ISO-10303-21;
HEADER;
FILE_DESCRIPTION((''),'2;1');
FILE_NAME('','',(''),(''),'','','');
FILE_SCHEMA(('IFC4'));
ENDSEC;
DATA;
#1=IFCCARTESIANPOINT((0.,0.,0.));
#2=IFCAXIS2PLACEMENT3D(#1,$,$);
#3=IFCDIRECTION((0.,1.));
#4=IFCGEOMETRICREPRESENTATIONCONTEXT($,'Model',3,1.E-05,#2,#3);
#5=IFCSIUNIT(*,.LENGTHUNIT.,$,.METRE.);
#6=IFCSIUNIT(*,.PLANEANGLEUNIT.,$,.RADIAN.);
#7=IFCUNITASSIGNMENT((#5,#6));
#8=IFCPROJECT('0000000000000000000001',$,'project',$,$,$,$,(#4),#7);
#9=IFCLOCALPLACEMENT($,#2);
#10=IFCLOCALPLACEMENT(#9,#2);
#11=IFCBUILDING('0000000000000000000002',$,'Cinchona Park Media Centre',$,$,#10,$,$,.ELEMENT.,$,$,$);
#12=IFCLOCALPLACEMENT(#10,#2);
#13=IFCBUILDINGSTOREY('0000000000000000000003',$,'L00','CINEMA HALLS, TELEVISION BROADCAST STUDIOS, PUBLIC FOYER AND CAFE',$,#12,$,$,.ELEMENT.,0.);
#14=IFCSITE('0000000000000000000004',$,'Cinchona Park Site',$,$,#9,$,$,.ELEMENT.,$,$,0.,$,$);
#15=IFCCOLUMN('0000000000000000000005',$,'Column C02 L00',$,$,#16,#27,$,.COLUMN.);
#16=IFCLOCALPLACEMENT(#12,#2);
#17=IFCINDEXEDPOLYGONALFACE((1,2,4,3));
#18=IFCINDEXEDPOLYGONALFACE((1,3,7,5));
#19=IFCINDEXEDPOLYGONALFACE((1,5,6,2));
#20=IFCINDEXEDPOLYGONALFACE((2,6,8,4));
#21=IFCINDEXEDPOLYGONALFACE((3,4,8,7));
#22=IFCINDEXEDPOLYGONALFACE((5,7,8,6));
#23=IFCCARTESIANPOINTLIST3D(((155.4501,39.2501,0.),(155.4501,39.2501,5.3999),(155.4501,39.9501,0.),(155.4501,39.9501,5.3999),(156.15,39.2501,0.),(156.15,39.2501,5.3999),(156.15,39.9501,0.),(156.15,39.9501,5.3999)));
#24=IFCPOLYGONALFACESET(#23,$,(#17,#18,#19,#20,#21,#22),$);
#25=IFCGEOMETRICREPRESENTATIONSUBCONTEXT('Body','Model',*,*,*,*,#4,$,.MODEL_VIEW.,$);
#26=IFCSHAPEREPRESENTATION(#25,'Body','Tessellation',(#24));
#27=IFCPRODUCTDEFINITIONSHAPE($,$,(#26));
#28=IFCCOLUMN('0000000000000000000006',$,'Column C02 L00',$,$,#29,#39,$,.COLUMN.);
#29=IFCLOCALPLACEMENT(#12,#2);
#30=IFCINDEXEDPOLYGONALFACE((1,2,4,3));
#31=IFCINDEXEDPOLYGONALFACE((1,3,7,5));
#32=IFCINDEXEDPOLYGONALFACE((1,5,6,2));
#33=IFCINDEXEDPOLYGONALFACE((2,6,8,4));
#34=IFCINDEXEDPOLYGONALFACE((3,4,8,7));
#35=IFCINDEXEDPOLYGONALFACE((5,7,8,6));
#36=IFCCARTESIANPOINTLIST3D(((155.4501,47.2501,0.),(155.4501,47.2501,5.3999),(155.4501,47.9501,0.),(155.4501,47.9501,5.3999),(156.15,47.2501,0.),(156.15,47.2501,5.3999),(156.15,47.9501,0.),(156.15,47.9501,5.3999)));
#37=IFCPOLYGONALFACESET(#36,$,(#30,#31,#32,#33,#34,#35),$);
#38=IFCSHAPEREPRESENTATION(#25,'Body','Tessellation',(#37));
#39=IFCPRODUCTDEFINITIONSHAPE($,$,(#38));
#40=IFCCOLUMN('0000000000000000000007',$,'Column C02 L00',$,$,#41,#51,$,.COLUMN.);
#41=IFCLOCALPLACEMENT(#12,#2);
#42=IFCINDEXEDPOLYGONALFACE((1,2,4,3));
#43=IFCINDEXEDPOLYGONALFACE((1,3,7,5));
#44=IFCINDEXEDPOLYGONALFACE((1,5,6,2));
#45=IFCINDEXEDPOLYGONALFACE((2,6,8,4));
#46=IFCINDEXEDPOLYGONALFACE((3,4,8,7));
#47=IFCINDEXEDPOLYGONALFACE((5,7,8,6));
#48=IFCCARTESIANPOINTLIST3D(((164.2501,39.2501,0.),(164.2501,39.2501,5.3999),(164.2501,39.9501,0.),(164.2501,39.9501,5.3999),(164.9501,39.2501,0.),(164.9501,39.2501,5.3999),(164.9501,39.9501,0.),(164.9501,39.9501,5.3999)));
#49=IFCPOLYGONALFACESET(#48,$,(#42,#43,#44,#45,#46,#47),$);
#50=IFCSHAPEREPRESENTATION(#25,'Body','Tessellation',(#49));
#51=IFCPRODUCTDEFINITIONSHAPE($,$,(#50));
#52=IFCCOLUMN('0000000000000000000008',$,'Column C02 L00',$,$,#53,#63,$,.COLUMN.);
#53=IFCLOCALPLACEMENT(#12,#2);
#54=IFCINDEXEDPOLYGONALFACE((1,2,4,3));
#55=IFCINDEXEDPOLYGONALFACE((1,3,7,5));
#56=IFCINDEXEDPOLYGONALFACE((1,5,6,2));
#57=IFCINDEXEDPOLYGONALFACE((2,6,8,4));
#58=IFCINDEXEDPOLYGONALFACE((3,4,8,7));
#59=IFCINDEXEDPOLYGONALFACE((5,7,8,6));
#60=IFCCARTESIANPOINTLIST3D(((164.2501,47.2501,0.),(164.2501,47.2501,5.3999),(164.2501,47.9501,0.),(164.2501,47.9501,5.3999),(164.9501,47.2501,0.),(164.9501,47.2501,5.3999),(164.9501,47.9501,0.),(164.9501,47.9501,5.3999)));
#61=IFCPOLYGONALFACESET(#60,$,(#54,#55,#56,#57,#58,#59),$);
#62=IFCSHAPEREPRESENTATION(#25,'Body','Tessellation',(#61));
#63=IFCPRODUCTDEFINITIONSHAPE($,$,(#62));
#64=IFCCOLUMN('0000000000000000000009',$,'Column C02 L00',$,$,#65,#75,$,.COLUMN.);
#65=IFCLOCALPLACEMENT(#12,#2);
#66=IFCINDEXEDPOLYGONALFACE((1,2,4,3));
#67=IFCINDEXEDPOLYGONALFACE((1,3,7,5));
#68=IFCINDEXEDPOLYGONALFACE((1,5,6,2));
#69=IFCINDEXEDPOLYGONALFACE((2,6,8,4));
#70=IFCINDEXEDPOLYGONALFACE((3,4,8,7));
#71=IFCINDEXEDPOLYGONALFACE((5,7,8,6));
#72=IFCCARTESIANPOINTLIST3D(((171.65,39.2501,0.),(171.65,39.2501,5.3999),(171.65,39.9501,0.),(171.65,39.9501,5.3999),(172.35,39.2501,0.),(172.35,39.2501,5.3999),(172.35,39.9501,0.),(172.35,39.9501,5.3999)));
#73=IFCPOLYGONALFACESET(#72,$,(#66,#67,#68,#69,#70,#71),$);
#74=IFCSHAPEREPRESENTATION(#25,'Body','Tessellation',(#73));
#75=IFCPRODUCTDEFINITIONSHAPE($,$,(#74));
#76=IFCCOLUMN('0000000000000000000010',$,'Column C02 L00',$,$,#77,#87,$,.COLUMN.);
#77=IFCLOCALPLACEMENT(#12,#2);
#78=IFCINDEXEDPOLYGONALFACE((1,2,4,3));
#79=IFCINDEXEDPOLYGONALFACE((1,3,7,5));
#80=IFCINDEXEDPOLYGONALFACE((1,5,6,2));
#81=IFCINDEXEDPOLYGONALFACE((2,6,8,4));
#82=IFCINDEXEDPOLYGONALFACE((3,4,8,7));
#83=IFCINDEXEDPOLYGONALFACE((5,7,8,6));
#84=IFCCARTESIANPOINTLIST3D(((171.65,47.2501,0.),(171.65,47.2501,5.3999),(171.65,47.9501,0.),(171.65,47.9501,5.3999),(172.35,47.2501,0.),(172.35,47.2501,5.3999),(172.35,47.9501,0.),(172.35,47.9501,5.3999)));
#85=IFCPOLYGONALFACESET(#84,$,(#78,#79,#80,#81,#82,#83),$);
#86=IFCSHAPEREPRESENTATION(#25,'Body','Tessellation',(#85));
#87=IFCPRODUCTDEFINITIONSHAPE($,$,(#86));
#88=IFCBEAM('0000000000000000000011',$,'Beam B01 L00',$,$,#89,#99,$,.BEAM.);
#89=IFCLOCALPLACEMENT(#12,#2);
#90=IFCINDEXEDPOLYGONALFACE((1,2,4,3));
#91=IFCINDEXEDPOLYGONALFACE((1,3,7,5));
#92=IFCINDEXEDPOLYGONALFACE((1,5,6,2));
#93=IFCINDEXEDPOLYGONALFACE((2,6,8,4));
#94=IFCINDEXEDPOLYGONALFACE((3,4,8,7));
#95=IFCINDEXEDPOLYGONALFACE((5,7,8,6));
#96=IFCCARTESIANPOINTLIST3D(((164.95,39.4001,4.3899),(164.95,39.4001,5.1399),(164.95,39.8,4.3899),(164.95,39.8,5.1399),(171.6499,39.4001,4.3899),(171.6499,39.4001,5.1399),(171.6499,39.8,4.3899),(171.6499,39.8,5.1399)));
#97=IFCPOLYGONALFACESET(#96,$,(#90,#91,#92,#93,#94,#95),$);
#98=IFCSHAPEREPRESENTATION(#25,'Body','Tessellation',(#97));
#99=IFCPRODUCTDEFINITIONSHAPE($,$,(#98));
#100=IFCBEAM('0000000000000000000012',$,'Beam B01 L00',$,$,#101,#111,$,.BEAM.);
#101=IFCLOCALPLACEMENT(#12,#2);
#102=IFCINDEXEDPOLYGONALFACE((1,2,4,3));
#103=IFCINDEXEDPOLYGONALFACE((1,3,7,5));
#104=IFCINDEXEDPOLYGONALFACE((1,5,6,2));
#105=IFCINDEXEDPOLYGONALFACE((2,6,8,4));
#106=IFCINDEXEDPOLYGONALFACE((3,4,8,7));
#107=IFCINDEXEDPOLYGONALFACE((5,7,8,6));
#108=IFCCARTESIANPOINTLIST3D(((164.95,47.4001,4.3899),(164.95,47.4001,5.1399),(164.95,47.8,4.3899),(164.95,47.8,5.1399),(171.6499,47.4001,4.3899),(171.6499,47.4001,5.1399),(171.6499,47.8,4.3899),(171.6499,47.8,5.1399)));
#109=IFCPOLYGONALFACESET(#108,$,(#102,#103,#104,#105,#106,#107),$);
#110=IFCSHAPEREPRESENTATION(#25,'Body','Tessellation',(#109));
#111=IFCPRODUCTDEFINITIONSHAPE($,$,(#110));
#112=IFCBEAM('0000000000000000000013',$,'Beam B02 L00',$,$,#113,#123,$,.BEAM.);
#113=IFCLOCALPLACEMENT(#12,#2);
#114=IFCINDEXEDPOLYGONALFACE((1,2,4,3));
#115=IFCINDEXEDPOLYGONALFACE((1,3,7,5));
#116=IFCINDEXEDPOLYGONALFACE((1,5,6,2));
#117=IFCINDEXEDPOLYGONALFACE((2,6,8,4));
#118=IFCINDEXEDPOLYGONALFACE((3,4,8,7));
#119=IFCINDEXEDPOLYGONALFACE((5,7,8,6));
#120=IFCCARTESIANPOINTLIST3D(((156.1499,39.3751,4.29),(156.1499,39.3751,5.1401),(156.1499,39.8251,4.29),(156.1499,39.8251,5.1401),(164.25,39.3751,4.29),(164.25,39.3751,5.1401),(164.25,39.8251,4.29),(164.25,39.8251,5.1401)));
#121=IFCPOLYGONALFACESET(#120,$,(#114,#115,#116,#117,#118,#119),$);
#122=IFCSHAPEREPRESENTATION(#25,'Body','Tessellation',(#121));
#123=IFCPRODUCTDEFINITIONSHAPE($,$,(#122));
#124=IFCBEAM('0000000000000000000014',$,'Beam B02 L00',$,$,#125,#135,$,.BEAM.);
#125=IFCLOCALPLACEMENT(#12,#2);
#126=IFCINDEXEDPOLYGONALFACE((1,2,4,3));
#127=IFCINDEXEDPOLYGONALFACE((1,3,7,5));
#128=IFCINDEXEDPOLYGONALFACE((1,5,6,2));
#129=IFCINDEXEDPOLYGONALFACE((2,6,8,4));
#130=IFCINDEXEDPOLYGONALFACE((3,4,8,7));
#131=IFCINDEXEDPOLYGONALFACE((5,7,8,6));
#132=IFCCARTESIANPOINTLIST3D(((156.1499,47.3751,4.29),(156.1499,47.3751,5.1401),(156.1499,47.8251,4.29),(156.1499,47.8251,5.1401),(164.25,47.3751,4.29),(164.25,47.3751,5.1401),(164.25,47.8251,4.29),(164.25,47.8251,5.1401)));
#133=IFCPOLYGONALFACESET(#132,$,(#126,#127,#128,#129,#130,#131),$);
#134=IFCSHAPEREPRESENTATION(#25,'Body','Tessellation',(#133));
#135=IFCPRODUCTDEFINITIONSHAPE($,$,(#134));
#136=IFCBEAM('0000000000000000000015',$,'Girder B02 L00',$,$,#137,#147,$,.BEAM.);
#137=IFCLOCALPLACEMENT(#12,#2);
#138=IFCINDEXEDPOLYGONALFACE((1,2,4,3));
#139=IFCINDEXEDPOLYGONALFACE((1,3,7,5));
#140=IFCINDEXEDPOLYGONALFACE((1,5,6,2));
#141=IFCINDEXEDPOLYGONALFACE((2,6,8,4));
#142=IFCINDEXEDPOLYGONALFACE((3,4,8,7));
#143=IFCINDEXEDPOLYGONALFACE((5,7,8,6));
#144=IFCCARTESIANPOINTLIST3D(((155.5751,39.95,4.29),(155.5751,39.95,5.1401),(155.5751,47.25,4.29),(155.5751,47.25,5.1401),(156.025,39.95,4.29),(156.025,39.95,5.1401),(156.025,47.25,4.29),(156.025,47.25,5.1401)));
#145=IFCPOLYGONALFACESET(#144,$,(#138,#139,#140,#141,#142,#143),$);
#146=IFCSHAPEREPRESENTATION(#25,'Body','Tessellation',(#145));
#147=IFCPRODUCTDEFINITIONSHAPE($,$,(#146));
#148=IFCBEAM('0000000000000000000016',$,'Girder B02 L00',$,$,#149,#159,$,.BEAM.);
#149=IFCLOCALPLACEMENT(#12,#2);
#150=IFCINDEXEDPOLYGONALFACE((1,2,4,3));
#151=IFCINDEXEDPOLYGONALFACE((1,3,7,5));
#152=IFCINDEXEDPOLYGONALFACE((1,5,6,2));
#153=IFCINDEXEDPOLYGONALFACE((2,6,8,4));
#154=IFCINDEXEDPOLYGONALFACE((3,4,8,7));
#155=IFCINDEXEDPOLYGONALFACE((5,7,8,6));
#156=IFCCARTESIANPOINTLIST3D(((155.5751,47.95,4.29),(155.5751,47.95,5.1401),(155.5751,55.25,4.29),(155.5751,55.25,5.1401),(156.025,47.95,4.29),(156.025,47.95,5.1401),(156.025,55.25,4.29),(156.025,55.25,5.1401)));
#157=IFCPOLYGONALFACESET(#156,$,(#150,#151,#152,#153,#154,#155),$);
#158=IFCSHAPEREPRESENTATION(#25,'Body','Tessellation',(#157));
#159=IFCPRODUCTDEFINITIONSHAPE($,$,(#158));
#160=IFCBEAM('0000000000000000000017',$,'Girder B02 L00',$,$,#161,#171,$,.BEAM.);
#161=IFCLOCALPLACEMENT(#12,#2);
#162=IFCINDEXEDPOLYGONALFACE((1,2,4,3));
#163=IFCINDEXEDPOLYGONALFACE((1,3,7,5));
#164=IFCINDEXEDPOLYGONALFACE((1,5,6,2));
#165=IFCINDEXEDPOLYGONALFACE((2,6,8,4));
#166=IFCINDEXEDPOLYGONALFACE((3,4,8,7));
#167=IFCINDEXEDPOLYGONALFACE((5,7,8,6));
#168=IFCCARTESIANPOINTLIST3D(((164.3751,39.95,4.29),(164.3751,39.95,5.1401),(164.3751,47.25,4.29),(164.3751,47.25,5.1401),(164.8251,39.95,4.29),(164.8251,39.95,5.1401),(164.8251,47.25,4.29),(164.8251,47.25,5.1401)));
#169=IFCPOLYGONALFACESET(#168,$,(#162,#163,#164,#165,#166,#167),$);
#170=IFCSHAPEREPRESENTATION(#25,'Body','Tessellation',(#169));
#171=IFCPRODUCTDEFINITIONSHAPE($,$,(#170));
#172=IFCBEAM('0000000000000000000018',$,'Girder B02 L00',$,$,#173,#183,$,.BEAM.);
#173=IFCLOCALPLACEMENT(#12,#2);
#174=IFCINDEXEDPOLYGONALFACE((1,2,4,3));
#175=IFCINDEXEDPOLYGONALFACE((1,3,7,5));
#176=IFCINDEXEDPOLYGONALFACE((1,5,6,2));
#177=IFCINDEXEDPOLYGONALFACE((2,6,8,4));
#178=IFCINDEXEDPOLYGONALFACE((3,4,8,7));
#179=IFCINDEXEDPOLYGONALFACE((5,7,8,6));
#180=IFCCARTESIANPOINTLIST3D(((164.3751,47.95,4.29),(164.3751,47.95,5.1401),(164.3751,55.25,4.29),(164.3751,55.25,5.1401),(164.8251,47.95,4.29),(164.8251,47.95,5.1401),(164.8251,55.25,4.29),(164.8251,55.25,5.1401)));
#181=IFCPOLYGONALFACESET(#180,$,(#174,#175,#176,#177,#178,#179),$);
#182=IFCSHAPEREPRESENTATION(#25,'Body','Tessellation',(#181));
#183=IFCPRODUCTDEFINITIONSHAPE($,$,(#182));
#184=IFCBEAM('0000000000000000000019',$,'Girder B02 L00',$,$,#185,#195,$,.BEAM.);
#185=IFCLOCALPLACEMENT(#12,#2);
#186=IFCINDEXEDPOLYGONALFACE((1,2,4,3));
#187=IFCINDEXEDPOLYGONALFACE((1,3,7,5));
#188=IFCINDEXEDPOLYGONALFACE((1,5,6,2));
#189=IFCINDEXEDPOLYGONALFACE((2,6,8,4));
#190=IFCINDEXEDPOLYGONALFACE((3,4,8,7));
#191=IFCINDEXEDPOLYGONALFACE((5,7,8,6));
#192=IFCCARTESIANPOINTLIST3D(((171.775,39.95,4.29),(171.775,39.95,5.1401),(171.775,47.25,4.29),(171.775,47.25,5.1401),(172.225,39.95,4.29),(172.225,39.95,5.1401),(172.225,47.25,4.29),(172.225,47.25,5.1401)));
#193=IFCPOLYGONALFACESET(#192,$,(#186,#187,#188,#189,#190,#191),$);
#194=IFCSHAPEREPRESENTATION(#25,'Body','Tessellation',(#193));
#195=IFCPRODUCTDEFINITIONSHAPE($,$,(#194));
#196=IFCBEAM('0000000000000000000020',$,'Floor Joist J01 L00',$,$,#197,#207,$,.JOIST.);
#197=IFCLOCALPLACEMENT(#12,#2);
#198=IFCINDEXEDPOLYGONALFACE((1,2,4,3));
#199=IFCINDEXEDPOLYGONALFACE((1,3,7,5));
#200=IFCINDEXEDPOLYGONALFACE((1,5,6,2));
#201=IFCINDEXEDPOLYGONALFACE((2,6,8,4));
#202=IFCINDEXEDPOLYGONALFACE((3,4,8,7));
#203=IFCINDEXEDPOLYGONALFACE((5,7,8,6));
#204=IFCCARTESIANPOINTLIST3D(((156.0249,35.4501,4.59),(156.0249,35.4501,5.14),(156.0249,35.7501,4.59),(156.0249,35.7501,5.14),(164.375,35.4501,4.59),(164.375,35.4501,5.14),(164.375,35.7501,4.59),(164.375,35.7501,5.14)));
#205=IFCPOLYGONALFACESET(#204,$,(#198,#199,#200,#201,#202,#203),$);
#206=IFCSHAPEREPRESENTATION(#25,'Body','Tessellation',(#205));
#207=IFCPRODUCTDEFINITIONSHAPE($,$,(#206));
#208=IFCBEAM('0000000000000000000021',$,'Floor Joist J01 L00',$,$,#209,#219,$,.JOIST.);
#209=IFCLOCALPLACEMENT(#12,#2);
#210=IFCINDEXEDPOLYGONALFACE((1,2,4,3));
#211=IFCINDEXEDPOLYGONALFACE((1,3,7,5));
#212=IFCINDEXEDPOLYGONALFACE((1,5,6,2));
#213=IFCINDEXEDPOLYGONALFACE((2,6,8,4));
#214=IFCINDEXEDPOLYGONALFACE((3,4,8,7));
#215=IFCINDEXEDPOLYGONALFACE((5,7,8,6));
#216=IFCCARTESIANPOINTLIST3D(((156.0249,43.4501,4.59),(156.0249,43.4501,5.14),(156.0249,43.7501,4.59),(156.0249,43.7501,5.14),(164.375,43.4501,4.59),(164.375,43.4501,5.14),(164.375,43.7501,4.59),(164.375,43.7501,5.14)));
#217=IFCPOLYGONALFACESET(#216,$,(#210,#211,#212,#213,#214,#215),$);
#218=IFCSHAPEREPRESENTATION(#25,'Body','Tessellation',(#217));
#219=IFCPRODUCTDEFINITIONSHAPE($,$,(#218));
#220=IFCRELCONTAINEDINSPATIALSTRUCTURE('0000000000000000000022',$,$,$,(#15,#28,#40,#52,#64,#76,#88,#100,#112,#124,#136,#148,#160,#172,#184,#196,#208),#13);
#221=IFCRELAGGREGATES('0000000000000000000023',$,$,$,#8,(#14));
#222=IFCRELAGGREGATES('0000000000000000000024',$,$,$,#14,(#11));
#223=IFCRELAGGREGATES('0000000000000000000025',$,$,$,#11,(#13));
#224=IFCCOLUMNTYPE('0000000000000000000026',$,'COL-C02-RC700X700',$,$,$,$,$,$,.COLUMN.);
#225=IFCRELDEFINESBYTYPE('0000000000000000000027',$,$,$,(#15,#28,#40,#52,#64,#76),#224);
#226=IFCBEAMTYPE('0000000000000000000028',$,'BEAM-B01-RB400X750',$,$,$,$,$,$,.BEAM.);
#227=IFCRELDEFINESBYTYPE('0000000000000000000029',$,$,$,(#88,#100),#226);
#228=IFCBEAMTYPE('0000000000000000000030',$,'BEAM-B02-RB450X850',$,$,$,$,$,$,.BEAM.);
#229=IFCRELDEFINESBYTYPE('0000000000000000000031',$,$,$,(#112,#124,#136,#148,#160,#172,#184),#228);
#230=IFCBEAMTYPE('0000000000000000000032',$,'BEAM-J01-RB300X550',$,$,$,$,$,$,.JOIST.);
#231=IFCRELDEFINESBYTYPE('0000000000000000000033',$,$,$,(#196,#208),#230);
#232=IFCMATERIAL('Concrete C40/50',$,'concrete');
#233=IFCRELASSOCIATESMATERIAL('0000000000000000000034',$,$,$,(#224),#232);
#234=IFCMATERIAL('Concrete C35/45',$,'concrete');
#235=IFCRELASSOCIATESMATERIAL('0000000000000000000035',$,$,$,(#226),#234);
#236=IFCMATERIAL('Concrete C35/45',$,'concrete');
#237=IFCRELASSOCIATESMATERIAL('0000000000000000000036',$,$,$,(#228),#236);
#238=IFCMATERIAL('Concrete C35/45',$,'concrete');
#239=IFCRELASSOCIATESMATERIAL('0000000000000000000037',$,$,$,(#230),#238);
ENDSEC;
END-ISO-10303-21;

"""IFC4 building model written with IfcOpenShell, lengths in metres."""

from ifc_helpers import new_model, si_unit, direction, frame, origin, origin_2d, place, context, subcontext, project, spatial, rectangle, extrude, material, material_profile, profile_set, type_object, element, save


model = new_model("IFC4")

# Units and contexts
model_context = context("Model", 3, precision=1e-05, world=origin(), true_north=direction((0.0, 1.0)))
body_context = subcontext(model_context, "Body", "Model", "MODEL_VIEW")
ifc_project = project(units=[si_unit("LENGTHUNIT", "METRE"), si_unit("PLANEANGLEUNIT", "RADIAN")], contexts=[model_context])

# Site, building, storey
site_placement = place(None, origin())
site = spatial("IfcSite", under=ifc_project, at=site_placement, Name="Cinchona Park Site", CompositionType="ELEMENT", RefElevation=0.0)
building_placement = place(site_placement, origin())
building = spatial("IfcBuilding", under=site, at=building_placement, Name="Cinchona Park Media Centre", CompositionType="ELEMENT")
storey_placement = place(building_placement, origin())
storey = spatial("IfcBuildingStorey", under=building, at=storey_placement, Name="L00", Description="CINEMA HALLS, TELEVISION BROADCAST STUDIOS, PUBLIC FOYER AND CAFE", CompositionType="ELEMENT", Elevation=0.0)

# Columns
ifc_material_1 = material(Name="Concrete C40/50", Category="concrete")
ifc_material_profile_1 = material_profile(ifc_material_1, rectangle(XDim=0.7, YDim=0.7, at=origin_2d()), Name="RC 700X700")
ifc_profile_set_1 = profile_set([ifc_material_profile_1], Name="Concrete C40/50")
column_type = type_object("IfcColumnType", Name="COL-C02-RC700X700", PredefinedType="COLUMN", material=ifc_profile_set_1)
for number, where, z_axis, x_axis, name in (
    (1, (155.8, 39.6001, 0.0), (0.0, 0.0, 1.0), (1.0, 0.0, 0.0), "Column C02 L00"),
    (2, (155.8, 47.6001, 0.0), (0.0, 0.0, 1.0), (1.0, 0.0, 0.0), "Column C02 L00"),
    (3, (164.6001, 39.6001, 0.0), (0.0, 0.0, 1.0), (1.0, 0.0, 0.0), "Column C02 L00"),
    (4, (164.6001, 47.6001, 0.0), (0.0, 0.0, 1.0), (1.0, 0.0, 0.0), "Column C02 L00"),
    (5, (172.0, 39.6001, 0.0), (0.0, 0.0, 1.0), (1.0, 0.0, 0.0), "Column C02 L00"),
    (6, (172.0, 47.6001, 0.0), (0.0, 0.0, 1.0), (1.0, 0.0, 0.0), "Column C02 L00"),
):
    element("IfcColumn", number, at=place(storey_placement, frame(where, z_axis=z_axis, x_axis=x_axis)), inside=storey, type_object=column_type, Name=name, PredefinedType="COLUMN", context=body_context, shape_type="SweptSolid", body=[
        extrude(rectangle(XDim=0.7, YDim=0.7, at=origin_2d()), origin(), (0.0, 0.0, 1.0), 5.3999),
    ])

# Beams
ifc_material_2 = material(Name="Concrete C35/45", Category="concrete")
ifc_material_profile_2 = material_profile(ifc_material_2, rectangle(XDim=0.3999, YDim=0.75, at=origin_2d()), Name="RB 400X750")
ifc_profile_set_2 = profile_set([ifc_material_profile_2], Name="Concrete C35/45")
beam_type_1 = type_object("IfcBeamType", Name="BEAM-B01-RB400X750", PredefinedType="BEAM", material=ifc_profile_set_2)
for number, where, z_axis, x_axis, name in (
    (7, (164.95, 39.6001, 4.7649), (1.0, 0.0, 0.0), (0.0, 1.0, 0.0), "Beam B01 L00"),
    (8, (164.95, 47.6001, 4.7649), (1.0, 0.0, 0.0), (0.0, 1.0, 0.0), "Beam B01 L00"),
):
    element("IfcBeam", number, at=place(storey_placement, frame(where, z_axis=z_axis, x_axis=x_axis)), inside=storey, type_object=beam_type_1, Name=name, PredefinedType="BEAM", context=body_context, shape_type="SweptSolid", body=[
        extrude(rectangle(XDim=0.3999, YDim=0.75, at=origin_2d()), origin(), (0.0, 0.0, 1.0), 6.7),
    ])
ifc_material_3 = material(Name="Concrete C35/45", Category="concrete")
ifc_material_profile_3 = material_profile(ifc_material_3, rectangle(XDim=0.45, YDim=0.8501, at=origin_2d()), Name="RB 450X850")
ifc_profile_set_3 = profile_set([ifc_material_profile_3], Name="Concrete C35/45")
beam_type_2 = type_object("IfcBeamType", Name="BEAM-B02-RB450X850", PredefinedType="BEAM", material=ifc_profile_set_3)
for number, where, z_axis, x_axis, name in (
    (9, (156.1499, 39.6001, 4.7151), (1.0, 0.0, 0.0), (0.0, 1.0, 0.0), "Beam B02 L00"),
    (10, (156.1499, 47.6001, 4.7151), (1.0, 0.0, 0.0), (0.0, 1.0, 0.0), "Beam B02 L00"),
):
    element("IfcBeam", number, at=place(storey_placement, frame(where, z_axis=z_axis, x_axis=x_axis)), inside=storey, type_object=beam_type_2, Name=name, PredefinedType="BEAM", context=body_context, shape_type="SweptSolid", body=[
        extrude(rectangle(XDim=0.45, YDim=0.8501, at=origin_2d()), origin(), (0.0, 0.0, 1.0), 8.1001),
    ])
for number, where, z_axis, x_axis, name in (
    (11, (155.8, 39.95, 4.7151), (0.0, 1.0, 0.0), (-1.0, 0.0, 0.0), "Girder B02 L00"),
    (12, (155.8, 47.95, 4.7151), (0.0, 1.0, 0.0), (-1.0, 0.0, 0.0), "Girder B02 L00"),
    (13, (164.6001, 39.95, 4.7151), (0.0, 1.0, 0.0), (-1.0, 0.0, 0.0), "Girder B02 L00"),
    (14, (164.6001, 47.95, 4.7151), (0.0, 1.0, 0.0), (-1.0, 0.0, 0.0), "Girder B02 L00"),
    (15, (172.0, 39.95, 4.7151), (0.0, 1.0, 0.0), (-1.0, 0.0, 0.0), "Girder B02 L00"),
):
    element("IfcBeam", number, at=place(storey_placement, frame(where, z_axis=z_axis, x_axis=x_axis)), inside=storey, type_object=beam_type_2, Name=name, PredefinedType="BEAM", context=body_context, shape_type="SweptSolid", body=[
        extrude(rectangle(XDim=0.45, YDim=0.8501, at=origin_2d()), origin(), (0.0, 0.0, 1.0), 7.3),
    ])
ifc_material_4 = material(Name="Concrete C35/45", Category="concrete")
ifc_material_profile_4 = material_profile(ifc_material_4, rectangle(XDim=0.3, YDim=0.55, at=origin_2d()), Name="RB 300X550")
ifc_profile_set_4 = profile_set([ifc_material_profile_4], Name="Concrete C35/45")
beam_type_3 = type_object("IfcBeamType", Name="BEAM-J01-RB300X550", PredefinedType="JOIST", material=ifc_profile_set_4)
for number, where, z_axis, x_axis, name in (
    (16, (156.0249, 35.6001, 4.865), (1.0, 0.0, 0.0), (0.0, 1.0, 0.0), "Floor Joist J01 L00"),
    (17, (156.0249, 43.6001, 4.865), (1.0, 0.0, 0.0), (0.0, 1.0, 0.0), "Floor Joist J01 L00"),
):
    element("IfcBeam", number, at=place(storey_placement, frame(where, z_axis=z_axis, x_axis=x_axis)), inside=storey, type_object=beam_type_3, Name=name, PredefinedType="JOIST", context=body_context, shape_type="SweptSolid", body=[
        extrude(rectangle(XDim=0.3, YDim=0.55, at=origin_2d()), origin(), (0.0, 0.0, 1.0), 8.3501),
    ])

save(model, "model.ifc")
